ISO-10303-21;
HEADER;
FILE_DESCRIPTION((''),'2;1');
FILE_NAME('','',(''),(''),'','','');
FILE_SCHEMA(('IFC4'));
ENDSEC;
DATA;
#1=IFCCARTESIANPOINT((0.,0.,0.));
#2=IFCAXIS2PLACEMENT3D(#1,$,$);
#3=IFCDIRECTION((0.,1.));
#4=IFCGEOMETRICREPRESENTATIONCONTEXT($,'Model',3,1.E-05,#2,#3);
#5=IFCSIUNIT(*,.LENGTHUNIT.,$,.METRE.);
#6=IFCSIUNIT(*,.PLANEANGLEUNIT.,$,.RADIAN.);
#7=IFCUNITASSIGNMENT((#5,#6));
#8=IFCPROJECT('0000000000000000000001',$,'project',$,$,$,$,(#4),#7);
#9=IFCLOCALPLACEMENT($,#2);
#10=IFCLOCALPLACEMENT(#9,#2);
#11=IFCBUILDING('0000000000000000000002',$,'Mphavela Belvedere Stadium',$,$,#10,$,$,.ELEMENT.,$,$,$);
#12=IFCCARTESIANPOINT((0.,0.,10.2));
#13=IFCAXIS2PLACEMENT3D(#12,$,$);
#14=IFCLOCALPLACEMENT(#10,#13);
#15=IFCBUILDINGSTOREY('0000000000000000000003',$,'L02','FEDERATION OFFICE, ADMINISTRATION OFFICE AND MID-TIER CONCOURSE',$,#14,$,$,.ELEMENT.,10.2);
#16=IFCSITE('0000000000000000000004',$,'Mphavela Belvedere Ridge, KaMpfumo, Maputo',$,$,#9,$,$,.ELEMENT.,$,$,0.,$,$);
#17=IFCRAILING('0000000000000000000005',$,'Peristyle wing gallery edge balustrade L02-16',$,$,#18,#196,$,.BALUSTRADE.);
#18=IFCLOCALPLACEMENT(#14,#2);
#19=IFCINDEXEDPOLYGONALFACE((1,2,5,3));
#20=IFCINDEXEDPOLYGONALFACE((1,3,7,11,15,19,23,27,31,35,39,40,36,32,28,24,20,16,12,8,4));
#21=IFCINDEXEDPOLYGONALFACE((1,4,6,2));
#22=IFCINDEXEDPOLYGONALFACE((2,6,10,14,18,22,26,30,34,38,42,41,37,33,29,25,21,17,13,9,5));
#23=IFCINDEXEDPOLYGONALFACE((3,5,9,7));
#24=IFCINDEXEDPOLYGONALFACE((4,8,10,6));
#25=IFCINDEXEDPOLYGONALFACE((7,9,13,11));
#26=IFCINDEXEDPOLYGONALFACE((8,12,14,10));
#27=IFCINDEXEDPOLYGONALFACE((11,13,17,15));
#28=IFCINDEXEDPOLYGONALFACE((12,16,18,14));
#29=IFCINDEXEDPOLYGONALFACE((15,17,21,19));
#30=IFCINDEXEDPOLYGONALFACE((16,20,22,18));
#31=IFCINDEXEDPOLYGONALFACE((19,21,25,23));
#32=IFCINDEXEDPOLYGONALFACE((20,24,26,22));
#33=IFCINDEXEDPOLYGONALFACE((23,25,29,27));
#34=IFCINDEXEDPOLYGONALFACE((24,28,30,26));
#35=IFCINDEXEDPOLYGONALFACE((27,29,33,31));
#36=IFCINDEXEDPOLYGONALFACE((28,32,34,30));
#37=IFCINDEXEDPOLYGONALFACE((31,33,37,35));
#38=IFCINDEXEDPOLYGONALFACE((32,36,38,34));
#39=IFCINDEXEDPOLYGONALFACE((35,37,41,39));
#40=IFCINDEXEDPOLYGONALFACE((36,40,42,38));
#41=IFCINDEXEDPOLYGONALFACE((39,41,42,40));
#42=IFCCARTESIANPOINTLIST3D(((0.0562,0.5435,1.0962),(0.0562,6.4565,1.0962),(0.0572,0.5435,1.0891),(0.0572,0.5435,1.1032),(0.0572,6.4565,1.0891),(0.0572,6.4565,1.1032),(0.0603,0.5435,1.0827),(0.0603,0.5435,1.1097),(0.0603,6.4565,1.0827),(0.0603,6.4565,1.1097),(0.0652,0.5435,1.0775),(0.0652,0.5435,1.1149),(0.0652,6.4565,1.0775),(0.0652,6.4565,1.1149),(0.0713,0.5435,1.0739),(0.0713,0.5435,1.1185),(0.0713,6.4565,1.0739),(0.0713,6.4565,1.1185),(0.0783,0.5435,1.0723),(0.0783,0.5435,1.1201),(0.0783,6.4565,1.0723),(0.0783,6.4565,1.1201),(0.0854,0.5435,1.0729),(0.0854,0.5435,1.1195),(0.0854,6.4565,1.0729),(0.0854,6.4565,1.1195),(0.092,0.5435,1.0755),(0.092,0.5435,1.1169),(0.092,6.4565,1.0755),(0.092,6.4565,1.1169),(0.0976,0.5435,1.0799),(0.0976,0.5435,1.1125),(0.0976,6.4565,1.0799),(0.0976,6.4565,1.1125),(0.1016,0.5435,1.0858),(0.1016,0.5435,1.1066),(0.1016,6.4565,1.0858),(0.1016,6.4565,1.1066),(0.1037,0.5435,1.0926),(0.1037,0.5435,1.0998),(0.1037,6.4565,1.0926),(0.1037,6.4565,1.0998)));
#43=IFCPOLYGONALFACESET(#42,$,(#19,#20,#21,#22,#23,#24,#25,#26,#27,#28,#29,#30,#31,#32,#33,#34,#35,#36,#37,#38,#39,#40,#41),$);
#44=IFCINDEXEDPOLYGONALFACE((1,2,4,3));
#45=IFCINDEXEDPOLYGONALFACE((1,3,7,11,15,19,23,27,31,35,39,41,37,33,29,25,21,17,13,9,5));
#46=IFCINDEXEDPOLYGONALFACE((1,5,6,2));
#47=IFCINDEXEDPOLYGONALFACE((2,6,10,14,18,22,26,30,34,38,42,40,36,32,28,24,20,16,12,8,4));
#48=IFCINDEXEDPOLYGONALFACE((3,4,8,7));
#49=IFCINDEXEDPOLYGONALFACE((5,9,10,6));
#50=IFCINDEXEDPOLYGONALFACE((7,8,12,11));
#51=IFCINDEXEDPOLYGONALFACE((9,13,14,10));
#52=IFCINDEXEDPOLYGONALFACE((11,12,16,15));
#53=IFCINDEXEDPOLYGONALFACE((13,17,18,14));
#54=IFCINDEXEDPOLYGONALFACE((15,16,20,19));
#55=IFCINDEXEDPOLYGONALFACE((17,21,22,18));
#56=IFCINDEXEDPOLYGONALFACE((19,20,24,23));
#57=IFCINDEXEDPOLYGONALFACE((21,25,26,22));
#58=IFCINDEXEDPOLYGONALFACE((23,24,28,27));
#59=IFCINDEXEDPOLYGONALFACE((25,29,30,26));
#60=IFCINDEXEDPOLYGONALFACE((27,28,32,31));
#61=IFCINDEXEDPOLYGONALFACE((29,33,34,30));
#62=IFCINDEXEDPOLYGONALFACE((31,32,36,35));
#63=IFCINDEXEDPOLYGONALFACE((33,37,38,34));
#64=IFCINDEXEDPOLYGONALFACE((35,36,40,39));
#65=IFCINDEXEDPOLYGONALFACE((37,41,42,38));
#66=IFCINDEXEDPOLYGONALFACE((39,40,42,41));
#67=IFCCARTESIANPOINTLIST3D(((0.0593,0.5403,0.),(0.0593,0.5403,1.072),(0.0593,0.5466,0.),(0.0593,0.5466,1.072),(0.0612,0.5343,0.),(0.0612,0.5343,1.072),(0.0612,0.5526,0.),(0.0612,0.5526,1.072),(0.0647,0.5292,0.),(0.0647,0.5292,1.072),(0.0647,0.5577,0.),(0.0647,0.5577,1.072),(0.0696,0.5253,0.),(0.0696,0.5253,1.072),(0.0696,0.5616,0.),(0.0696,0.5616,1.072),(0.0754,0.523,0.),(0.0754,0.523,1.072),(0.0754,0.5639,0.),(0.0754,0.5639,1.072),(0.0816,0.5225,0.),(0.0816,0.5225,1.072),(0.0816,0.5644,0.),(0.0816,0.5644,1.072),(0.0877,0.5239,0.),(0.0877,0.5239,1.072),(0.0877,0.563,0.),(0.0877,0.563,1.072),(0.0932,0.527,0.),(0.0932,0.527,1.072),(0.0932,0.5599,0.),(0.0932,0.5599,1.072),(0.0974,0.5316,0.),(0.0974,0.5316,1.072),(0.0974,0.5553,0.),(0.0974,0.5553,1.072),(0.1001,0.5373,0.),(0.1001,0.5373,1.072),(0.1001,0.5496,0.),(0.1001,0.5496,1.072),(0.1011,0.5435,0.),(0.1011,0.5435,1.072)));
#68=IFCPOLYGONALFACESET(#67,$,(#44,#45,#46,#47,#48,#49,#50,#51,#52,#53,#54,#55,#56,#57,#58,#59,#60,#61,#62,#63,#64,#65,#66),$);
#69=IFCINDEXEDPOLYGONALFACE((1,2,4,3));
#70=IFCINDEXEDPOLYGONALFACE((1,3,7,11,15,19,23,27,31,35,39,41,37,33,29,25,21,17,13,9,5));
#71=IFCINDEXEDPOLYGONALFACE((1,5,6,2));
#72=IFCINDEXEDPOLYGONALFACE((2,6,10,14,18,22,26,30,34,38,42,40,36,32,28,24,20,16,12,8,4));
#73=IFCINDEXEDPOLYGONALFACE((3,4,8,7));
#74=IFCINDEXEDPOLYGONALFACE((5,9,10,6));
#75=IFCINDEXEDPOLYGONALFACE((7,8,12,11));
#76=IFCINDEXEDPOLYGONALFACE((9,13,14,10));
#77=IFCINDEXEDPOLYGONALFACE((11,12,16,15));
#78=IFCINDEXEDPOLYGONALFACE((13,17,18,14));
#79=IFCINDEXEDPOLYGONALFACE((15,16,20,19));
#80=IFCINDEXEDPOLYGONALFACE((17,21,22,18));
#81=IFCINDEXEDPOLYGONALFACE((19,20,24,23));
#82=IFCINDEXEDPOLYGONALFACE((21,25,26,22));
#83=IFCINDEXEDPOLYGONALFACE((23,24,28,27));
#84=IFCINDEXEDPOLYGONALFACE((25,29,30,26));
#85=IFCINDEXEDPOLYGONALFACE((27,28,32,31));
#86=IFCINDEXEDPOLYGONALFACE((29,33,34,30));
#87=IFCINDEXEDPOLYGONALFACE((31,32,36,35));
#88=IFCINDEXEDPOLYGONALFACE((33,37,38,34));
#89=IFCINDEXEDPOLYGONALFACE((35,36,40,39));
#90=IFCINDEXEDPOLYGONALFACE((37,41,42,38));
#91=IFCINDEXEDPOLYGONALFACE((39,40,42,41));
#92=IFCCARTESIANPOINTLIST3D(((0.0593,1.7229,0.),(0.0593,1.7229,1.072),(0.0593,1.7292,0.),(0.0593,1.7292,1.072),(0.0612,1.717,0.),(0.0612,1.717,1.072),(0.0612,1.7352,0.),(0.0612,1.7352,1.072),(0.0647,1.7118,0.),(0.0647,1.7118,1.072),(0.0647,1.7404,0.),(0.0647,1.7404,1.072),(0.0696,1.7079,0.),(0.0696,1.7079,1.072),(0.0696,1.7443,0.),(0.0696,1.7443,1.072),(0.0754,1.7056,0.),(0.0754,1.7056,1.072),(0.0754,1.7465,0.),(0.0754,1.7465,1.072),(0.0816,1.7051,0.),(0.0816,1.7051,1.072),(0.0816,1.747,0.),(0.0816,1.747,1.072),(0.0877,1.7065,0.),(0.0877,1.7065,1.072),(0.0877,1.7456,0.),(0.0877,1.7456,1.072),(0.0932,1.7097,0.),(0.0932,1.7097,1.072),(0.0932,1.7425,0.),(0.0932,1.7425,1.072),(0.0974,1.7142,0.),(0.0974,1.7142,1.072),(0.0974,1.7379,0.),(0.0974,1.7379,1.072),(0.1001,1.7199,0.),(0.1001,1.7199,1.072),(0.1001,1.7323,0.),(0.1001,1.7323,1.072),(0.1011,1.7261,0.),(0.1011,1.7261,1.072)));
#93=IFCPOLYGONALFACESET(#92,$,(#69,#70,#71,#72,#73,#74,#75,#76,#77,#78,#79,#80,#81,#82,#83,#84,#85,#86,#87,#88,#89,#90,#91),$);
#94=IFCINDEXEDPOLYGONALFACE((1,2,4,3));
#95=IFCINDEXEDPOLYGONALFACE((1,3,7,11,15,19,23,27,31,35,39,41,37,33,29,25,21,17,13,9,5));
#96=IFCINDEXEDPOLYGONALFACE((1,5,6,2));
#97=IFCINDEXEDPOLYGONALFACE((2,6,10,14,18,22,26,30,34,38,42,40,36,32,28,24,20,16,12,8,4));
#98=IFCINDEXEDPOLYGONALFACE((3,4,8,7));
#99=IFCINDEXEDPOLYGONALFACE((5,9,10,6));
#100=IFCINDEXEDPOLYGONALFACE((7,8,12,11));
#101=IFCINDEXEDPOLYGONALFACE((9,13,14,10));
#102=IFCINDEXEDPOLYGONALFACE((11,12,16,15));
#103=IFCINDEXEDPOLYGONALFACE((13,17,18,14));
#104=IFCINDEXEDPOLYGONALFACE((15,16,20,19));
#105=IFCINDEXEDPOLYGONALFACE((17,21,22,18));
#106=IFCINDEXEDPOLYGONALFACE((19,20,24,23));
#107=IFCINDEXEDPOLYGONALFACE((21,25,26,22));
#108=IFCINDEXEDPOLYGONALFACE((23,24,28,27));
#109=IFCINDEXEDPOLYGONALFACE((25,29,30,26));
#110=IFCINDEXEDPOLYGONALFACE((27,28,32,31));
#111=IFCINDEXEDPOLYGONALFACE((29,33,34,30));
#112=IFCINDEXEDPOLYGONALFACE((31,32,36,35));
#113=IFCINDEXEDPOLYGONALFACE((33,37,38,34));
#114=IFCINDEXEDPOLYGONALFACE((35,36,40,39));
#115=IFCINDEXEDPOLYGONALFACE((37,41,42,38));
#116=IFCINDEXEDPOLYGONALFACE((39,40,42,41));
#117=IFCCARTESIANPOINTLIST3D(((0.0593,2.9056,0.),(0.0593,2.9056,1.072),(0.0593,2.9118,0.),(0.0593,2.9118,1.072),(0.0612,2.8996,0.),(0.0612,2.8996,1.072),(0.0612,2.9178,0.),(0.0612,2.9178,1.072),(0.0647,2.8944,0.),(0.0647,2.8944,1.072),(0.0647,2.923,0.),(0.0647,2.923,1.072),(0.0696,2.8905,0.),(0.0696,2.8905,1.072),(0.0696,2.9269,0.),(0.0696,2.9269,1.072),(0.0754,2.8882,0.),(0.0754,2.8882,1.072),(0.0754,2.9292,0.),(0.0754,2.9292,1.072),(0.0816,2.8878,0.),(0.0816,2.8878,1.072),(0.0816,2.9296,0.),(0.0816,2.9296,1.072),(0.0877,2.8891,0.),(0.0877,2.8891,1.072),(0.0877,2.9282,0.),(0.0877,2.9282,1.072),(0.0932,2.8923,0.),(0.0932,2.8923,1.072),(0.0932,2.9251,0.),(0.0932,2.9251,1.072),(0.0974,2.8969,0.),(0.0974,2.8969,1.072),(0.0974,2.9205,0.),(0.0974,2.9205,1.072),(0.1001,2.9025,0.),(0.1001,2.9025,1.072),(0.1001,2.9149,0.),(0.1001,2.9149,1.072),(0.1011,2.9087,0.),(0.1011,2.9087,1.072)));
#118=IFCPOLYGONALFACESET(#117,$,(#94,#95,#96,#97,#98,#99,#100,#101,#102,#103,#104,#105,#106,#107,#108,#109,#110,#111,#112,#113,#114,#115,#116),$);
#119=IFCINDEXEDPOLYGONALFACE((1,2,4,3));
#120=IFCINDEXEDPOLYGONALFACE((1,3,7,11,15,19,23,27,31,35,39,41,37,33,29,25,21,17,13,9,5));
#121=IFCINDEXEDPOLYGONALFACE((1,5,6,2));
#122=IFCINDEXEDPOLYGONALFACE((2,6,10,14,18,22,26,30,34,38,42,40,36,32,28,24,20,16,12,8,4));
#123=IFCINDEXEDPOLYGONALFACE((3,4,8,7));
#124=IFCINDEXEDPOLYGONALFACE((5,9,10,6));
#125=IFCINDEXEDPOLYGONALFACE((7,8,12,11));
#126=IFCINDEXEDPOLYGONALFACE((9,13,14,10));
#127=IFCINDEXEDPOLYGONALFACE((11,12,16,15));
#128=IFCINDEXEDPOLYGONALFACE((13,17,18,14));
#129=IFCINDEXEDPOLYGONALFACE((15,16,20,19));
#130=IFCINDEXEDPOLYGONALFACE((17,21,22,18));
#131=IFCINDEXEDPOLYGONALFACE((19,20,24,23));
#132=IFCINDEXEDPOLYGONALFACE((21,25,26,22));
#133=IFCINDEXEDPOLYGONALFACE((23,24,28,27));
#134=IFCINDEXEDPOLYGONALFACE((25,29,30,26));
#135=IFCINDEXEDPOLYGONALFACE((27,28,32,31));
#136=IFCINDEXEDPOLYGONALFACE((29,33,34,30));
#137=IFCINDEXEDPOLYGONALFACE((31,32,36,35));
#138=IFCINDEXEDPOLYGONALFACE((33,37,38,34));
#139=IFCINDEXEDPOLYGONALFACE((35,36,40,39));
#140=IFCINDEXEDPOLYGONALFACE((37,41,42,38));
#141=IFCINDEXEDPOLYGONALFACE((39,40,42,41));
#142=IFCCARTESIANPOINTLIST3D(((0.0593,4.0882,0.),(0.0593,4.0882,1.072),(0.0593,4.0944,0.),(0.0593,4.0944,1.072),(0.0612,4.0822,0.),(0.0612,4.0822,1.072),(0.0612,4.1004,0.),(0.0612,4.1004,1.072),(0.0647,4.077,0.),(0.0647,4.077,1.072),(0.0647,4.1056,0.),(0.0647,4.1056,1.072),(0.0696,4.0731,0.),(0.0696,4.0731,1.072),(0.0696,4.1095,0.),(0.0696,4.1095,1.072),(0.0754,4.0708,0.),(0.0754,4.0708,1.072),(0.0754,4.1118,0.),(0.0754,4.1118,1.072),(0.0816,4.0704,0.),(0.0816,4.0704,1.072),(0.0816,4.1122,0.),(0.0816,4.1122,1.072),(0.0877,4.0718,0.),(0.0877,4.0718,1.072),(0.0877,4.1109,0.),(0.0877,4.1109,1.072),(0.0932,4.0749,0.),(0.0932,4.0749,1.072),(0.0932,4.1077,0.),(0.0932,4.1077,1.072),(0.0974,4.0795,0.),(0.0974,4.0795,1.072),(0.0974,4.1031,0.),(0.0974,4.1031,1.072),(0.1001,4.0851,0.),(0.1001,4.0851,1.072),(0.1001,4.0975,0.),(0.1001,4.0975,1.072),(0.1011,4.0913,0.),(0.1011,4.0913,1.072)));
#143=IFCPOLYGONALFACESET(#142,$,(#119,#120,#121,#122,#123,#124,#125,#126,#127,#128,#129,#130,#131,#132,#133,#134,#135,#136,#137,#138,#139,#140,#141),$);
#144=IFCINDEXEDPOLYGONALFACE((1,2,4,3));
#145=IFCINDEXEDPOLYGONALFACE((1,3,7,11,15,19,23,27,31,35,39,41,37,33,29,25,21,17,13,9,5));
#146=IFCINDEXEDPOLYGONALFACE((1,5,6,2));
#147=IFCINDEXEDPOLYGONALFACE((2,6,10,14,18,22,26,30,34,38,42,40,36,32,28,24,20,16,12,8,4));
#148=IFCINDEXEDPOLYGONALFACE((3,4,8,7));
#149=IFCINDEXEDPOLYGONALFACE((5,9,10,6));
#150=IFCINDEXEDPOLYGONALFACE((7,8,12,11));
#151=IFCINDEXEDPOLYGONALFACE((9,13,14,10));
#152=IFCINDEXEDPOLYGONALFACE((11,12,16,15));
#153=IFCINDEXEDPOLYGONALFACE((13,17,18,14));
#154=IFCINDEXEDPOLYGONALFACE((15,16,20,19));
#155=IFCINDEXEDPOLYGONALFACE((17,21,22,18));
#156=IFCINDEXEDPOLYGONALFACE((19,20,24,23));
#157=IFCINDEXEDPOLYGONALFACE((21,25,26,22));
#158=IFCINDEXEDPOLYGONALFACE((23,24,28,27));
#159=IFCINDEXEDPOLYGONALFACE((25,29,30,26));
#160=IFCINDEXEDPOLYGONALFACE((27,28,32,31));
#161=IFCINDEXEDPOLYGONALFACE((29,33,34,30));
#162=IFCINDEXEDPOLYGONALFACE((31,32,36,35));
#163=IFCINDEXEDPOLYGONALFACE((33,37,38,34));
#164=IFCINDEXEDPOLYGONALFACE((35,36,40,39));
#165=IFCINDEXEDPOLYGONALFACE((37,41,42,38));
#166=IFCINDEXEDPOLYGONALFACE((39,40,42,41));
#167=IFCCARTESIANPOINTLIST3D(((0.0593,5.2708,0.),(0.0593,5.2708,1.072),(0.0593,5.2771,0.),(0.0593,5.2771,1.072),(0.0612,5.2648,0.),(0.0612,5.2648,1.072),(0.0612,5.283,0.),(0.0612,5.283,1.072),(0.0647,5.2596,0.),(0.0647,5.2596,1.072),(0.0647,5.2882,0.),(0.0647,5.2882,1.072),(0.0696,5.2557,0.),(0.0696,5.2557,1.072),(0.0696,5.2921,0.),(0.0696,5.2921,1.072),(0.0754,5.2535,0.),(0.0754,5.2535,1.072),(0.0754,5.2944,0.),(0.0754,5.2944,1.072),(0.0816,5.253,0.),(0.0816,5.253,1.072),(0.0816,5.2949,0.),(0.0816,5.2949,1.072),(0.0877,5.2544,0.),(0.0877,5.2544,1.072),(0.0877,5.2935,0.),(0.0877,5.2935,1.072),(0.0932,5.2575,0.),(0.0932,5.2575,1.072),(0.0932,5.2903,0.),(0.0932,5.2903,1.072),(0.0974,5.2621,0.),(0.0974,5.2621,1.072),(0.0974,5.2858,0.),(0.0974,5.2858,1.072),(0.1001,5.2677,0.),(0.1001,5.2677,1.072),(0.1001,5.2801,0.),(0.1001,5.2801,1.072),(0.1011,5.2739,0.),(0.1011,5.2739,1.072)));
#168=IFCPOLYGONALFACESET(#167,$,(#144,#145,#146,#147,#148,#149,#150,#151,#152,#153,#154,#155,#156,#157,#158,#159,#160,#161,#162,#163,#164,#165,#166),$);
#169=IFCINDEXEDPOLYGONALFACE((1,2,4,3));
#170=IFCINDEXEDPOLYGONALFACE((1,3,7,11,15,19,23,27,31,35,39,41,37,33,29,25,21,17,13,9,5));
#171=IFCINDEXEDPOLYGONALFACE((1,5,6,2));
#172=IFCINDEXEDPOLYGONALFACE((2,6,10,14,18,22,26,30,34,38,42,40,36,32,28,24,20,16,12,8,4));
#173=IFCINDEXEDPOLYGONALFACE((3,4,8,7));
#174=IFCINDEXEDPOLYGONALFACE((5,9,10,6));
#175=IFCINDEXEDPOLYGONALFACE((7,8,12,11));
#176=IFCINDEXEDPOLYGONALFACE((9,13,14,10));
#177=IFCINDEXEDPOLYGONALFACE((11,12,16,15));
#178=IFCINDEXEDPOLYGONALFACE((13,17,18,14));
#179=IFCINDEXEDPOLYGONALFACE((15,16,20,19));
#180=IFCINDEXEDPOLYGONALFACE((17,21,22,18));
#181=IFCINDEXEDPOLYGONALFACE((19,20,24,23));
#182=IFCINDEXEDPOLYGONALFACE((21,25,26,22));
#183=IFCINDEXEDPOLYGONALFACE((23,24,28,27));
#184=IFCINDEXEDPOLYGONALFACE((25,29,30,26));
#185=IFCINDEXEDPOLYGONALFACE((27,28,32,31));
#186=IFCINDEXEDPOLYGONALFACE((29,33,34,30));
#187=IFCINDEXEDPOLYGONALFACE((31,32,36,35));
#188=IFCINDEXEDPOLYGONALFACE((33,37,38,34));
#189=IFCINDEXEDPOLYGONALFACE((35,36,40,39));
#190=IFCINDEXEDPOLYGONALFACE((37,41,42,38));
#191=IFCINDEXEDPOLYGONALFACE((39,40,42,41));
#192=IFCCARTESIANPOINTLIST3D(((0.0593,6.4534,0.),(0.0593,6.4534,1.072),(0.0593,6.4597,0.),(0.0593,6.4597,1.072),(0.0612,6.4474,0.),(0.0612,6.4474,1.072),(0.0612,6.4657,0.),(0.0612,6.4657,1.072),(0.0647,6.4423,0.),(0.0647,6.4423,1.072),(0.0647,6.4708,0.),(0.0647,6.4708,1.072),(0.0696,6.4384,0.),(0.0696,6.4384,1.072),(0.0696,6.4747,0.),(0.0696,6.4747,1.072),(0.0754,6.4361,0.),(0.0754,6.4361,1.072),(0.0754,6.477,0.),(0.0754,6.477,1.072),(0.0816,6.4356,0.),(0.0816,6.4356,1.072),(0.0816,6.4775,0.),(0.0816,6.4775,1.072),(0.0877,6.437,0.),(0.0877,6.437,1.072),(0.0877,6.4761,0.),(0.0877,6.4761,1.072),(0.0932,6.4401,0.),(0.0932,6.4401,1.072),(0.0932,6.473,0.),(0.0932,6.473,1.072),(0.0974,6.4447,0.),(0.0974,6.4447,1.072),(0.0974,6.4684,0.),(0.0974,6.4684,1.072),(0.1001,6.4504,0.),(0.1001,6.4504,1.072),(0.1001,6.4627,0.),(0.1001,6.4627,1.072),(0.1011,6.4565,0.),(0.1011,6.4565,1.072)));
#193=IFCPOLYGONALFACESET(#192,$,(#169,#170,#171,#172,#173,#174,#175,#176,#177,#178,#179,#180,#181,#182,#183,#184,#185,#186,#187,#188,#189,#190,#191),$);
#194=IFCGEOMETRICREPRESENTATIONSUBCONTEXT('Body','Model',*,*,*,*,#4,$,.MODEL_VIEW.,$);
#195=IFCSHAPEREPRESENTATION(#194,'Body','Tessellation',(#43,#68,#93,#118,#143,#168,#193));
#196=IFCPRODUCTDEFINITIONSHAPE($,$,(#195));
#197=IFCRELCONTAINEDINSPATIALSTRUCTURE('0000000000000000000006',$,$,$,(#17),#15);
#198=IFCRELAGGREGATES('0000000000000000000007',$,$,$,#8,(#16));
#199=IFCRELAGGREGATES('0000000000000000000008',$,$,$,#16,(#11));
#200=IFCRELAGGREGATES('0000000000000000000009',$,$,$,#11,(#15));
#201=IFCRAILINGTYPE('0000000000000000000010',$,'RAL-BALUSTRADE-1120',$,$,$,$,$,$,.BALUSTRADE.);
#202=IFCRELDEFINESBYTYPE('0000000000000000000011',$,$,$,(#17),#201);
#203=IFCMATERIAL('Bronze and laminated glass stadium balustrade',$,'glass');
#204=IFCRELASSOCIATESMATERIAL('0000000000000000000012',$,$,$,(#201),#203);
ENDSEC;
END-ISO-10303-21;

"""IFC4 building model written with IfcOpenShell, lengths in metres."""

from ifc_helpers import new_model, si_unit, direction, frame, origin, origin_2d, place, context, subcontext, project, spatial, circle, extrude, material, type_object, element, save


model = new_model("IFC4")

# Units and contexts
model_context = context("Model", 3, precision=1e-05, world=origin(), true_north=direction((0.0, 1.0)))
body_context = subcontext(model_context, "Body", "Model", "MODEL_VIEW")
ifc_project = project(units=[si_unit("LENGTHUNIT", "METRE"), si_unit("PLANEANGLEUNIT", "RADIAN")], contexts=[model_context])

# Site, building, storey
site_placement = place(None, origin())
site = spatial("IfcSite", under=ifc_project, at=site_placement, Name="Mphavela Belvedere Ridge, KaMpfumo, Maputo", CompositionType="ELEMENT", RefElevation=0.0)
building_placement = place(site_placement, origin())
building = spatial("IfcBuilding", under=site, at=building_placement, Name="Mphavela Belvedere Stadium", CompositionType="ELEMENT")
storey_placement = place(building_placement, frame((0.0, 0.0, 10.2)))
storey = spatial("IfcBuildingStorey", under=building, at=storey_placement, Name="L02", Description="FEDERATION OFFICE, ADMINISTRATION OFFICE AND MID-TIER CONCOURSE", CompositionType="ELEMENT", Elevation=10.2)

# Railing
ifc_material_1 = material(Name="Bronze and laminated glass stadium balustrade", Category="glass")
railing_type = type_object("IfcRailingType", Name="RAL-BALUSTRADE-1120", PredefinedType="BALUSTRADE", material=ifc_material_1)
railing_placement = place(storey_placement, frame((0.0801, 0.5435, 0.0)))
element("IfcRailing", 1, at=railing_placement, inside=storey, type_object=railing_type, Name="Peristyle wing gallery edge balustrade L02-16", PredefinedType="BALUSTRADE", context=body_context, shape_type="SweptSolid", body=[
    extrude(circle(Radius=0.0239, at=origin_2d()), frame((0.0, 0.0, 1.0962), z_axis=(0.0, 1.0, 0.0), x_axis=(-1.0, 0.0, 0.0)), (0.0, 0.0, 1.0), 5.9131),
    extrude(circle(Radius=0.021, at=origin_2d()), origin(), (0.0, 0.0, 1.0), 1.072),
    extrude(circle(Radius=0.021, at=origin_2d()), frame((0.0, 1.1826, 0.0)), (0.0, 0.0, 1.0), 1.072),
    extrude(circle(Radius=0.021, at=origin_2d()), frame((0.0, 2.3652, 0.0)), (0.0, 0.0, 1.0), 1.072),
    extrude(circle(Radius=0.021, at=origin_2d()), frame((0.0, 3.5479, 0.0)), (0.0, 0.0, 1.0), 1.072),
    extrude(circle(Radius=0.021, at=origin_2d()), frame((0.0, 4.7305, 0.0)), (0.0, 0.0, 1.0), 1.072),
    extrude(circle(Radius=0.021, at=origin_2d()), frame((0.0, 5.9131, 0.0)), (0.0, 0.0, 1.0), 1.072),
])

save(model, "model.ifc")
